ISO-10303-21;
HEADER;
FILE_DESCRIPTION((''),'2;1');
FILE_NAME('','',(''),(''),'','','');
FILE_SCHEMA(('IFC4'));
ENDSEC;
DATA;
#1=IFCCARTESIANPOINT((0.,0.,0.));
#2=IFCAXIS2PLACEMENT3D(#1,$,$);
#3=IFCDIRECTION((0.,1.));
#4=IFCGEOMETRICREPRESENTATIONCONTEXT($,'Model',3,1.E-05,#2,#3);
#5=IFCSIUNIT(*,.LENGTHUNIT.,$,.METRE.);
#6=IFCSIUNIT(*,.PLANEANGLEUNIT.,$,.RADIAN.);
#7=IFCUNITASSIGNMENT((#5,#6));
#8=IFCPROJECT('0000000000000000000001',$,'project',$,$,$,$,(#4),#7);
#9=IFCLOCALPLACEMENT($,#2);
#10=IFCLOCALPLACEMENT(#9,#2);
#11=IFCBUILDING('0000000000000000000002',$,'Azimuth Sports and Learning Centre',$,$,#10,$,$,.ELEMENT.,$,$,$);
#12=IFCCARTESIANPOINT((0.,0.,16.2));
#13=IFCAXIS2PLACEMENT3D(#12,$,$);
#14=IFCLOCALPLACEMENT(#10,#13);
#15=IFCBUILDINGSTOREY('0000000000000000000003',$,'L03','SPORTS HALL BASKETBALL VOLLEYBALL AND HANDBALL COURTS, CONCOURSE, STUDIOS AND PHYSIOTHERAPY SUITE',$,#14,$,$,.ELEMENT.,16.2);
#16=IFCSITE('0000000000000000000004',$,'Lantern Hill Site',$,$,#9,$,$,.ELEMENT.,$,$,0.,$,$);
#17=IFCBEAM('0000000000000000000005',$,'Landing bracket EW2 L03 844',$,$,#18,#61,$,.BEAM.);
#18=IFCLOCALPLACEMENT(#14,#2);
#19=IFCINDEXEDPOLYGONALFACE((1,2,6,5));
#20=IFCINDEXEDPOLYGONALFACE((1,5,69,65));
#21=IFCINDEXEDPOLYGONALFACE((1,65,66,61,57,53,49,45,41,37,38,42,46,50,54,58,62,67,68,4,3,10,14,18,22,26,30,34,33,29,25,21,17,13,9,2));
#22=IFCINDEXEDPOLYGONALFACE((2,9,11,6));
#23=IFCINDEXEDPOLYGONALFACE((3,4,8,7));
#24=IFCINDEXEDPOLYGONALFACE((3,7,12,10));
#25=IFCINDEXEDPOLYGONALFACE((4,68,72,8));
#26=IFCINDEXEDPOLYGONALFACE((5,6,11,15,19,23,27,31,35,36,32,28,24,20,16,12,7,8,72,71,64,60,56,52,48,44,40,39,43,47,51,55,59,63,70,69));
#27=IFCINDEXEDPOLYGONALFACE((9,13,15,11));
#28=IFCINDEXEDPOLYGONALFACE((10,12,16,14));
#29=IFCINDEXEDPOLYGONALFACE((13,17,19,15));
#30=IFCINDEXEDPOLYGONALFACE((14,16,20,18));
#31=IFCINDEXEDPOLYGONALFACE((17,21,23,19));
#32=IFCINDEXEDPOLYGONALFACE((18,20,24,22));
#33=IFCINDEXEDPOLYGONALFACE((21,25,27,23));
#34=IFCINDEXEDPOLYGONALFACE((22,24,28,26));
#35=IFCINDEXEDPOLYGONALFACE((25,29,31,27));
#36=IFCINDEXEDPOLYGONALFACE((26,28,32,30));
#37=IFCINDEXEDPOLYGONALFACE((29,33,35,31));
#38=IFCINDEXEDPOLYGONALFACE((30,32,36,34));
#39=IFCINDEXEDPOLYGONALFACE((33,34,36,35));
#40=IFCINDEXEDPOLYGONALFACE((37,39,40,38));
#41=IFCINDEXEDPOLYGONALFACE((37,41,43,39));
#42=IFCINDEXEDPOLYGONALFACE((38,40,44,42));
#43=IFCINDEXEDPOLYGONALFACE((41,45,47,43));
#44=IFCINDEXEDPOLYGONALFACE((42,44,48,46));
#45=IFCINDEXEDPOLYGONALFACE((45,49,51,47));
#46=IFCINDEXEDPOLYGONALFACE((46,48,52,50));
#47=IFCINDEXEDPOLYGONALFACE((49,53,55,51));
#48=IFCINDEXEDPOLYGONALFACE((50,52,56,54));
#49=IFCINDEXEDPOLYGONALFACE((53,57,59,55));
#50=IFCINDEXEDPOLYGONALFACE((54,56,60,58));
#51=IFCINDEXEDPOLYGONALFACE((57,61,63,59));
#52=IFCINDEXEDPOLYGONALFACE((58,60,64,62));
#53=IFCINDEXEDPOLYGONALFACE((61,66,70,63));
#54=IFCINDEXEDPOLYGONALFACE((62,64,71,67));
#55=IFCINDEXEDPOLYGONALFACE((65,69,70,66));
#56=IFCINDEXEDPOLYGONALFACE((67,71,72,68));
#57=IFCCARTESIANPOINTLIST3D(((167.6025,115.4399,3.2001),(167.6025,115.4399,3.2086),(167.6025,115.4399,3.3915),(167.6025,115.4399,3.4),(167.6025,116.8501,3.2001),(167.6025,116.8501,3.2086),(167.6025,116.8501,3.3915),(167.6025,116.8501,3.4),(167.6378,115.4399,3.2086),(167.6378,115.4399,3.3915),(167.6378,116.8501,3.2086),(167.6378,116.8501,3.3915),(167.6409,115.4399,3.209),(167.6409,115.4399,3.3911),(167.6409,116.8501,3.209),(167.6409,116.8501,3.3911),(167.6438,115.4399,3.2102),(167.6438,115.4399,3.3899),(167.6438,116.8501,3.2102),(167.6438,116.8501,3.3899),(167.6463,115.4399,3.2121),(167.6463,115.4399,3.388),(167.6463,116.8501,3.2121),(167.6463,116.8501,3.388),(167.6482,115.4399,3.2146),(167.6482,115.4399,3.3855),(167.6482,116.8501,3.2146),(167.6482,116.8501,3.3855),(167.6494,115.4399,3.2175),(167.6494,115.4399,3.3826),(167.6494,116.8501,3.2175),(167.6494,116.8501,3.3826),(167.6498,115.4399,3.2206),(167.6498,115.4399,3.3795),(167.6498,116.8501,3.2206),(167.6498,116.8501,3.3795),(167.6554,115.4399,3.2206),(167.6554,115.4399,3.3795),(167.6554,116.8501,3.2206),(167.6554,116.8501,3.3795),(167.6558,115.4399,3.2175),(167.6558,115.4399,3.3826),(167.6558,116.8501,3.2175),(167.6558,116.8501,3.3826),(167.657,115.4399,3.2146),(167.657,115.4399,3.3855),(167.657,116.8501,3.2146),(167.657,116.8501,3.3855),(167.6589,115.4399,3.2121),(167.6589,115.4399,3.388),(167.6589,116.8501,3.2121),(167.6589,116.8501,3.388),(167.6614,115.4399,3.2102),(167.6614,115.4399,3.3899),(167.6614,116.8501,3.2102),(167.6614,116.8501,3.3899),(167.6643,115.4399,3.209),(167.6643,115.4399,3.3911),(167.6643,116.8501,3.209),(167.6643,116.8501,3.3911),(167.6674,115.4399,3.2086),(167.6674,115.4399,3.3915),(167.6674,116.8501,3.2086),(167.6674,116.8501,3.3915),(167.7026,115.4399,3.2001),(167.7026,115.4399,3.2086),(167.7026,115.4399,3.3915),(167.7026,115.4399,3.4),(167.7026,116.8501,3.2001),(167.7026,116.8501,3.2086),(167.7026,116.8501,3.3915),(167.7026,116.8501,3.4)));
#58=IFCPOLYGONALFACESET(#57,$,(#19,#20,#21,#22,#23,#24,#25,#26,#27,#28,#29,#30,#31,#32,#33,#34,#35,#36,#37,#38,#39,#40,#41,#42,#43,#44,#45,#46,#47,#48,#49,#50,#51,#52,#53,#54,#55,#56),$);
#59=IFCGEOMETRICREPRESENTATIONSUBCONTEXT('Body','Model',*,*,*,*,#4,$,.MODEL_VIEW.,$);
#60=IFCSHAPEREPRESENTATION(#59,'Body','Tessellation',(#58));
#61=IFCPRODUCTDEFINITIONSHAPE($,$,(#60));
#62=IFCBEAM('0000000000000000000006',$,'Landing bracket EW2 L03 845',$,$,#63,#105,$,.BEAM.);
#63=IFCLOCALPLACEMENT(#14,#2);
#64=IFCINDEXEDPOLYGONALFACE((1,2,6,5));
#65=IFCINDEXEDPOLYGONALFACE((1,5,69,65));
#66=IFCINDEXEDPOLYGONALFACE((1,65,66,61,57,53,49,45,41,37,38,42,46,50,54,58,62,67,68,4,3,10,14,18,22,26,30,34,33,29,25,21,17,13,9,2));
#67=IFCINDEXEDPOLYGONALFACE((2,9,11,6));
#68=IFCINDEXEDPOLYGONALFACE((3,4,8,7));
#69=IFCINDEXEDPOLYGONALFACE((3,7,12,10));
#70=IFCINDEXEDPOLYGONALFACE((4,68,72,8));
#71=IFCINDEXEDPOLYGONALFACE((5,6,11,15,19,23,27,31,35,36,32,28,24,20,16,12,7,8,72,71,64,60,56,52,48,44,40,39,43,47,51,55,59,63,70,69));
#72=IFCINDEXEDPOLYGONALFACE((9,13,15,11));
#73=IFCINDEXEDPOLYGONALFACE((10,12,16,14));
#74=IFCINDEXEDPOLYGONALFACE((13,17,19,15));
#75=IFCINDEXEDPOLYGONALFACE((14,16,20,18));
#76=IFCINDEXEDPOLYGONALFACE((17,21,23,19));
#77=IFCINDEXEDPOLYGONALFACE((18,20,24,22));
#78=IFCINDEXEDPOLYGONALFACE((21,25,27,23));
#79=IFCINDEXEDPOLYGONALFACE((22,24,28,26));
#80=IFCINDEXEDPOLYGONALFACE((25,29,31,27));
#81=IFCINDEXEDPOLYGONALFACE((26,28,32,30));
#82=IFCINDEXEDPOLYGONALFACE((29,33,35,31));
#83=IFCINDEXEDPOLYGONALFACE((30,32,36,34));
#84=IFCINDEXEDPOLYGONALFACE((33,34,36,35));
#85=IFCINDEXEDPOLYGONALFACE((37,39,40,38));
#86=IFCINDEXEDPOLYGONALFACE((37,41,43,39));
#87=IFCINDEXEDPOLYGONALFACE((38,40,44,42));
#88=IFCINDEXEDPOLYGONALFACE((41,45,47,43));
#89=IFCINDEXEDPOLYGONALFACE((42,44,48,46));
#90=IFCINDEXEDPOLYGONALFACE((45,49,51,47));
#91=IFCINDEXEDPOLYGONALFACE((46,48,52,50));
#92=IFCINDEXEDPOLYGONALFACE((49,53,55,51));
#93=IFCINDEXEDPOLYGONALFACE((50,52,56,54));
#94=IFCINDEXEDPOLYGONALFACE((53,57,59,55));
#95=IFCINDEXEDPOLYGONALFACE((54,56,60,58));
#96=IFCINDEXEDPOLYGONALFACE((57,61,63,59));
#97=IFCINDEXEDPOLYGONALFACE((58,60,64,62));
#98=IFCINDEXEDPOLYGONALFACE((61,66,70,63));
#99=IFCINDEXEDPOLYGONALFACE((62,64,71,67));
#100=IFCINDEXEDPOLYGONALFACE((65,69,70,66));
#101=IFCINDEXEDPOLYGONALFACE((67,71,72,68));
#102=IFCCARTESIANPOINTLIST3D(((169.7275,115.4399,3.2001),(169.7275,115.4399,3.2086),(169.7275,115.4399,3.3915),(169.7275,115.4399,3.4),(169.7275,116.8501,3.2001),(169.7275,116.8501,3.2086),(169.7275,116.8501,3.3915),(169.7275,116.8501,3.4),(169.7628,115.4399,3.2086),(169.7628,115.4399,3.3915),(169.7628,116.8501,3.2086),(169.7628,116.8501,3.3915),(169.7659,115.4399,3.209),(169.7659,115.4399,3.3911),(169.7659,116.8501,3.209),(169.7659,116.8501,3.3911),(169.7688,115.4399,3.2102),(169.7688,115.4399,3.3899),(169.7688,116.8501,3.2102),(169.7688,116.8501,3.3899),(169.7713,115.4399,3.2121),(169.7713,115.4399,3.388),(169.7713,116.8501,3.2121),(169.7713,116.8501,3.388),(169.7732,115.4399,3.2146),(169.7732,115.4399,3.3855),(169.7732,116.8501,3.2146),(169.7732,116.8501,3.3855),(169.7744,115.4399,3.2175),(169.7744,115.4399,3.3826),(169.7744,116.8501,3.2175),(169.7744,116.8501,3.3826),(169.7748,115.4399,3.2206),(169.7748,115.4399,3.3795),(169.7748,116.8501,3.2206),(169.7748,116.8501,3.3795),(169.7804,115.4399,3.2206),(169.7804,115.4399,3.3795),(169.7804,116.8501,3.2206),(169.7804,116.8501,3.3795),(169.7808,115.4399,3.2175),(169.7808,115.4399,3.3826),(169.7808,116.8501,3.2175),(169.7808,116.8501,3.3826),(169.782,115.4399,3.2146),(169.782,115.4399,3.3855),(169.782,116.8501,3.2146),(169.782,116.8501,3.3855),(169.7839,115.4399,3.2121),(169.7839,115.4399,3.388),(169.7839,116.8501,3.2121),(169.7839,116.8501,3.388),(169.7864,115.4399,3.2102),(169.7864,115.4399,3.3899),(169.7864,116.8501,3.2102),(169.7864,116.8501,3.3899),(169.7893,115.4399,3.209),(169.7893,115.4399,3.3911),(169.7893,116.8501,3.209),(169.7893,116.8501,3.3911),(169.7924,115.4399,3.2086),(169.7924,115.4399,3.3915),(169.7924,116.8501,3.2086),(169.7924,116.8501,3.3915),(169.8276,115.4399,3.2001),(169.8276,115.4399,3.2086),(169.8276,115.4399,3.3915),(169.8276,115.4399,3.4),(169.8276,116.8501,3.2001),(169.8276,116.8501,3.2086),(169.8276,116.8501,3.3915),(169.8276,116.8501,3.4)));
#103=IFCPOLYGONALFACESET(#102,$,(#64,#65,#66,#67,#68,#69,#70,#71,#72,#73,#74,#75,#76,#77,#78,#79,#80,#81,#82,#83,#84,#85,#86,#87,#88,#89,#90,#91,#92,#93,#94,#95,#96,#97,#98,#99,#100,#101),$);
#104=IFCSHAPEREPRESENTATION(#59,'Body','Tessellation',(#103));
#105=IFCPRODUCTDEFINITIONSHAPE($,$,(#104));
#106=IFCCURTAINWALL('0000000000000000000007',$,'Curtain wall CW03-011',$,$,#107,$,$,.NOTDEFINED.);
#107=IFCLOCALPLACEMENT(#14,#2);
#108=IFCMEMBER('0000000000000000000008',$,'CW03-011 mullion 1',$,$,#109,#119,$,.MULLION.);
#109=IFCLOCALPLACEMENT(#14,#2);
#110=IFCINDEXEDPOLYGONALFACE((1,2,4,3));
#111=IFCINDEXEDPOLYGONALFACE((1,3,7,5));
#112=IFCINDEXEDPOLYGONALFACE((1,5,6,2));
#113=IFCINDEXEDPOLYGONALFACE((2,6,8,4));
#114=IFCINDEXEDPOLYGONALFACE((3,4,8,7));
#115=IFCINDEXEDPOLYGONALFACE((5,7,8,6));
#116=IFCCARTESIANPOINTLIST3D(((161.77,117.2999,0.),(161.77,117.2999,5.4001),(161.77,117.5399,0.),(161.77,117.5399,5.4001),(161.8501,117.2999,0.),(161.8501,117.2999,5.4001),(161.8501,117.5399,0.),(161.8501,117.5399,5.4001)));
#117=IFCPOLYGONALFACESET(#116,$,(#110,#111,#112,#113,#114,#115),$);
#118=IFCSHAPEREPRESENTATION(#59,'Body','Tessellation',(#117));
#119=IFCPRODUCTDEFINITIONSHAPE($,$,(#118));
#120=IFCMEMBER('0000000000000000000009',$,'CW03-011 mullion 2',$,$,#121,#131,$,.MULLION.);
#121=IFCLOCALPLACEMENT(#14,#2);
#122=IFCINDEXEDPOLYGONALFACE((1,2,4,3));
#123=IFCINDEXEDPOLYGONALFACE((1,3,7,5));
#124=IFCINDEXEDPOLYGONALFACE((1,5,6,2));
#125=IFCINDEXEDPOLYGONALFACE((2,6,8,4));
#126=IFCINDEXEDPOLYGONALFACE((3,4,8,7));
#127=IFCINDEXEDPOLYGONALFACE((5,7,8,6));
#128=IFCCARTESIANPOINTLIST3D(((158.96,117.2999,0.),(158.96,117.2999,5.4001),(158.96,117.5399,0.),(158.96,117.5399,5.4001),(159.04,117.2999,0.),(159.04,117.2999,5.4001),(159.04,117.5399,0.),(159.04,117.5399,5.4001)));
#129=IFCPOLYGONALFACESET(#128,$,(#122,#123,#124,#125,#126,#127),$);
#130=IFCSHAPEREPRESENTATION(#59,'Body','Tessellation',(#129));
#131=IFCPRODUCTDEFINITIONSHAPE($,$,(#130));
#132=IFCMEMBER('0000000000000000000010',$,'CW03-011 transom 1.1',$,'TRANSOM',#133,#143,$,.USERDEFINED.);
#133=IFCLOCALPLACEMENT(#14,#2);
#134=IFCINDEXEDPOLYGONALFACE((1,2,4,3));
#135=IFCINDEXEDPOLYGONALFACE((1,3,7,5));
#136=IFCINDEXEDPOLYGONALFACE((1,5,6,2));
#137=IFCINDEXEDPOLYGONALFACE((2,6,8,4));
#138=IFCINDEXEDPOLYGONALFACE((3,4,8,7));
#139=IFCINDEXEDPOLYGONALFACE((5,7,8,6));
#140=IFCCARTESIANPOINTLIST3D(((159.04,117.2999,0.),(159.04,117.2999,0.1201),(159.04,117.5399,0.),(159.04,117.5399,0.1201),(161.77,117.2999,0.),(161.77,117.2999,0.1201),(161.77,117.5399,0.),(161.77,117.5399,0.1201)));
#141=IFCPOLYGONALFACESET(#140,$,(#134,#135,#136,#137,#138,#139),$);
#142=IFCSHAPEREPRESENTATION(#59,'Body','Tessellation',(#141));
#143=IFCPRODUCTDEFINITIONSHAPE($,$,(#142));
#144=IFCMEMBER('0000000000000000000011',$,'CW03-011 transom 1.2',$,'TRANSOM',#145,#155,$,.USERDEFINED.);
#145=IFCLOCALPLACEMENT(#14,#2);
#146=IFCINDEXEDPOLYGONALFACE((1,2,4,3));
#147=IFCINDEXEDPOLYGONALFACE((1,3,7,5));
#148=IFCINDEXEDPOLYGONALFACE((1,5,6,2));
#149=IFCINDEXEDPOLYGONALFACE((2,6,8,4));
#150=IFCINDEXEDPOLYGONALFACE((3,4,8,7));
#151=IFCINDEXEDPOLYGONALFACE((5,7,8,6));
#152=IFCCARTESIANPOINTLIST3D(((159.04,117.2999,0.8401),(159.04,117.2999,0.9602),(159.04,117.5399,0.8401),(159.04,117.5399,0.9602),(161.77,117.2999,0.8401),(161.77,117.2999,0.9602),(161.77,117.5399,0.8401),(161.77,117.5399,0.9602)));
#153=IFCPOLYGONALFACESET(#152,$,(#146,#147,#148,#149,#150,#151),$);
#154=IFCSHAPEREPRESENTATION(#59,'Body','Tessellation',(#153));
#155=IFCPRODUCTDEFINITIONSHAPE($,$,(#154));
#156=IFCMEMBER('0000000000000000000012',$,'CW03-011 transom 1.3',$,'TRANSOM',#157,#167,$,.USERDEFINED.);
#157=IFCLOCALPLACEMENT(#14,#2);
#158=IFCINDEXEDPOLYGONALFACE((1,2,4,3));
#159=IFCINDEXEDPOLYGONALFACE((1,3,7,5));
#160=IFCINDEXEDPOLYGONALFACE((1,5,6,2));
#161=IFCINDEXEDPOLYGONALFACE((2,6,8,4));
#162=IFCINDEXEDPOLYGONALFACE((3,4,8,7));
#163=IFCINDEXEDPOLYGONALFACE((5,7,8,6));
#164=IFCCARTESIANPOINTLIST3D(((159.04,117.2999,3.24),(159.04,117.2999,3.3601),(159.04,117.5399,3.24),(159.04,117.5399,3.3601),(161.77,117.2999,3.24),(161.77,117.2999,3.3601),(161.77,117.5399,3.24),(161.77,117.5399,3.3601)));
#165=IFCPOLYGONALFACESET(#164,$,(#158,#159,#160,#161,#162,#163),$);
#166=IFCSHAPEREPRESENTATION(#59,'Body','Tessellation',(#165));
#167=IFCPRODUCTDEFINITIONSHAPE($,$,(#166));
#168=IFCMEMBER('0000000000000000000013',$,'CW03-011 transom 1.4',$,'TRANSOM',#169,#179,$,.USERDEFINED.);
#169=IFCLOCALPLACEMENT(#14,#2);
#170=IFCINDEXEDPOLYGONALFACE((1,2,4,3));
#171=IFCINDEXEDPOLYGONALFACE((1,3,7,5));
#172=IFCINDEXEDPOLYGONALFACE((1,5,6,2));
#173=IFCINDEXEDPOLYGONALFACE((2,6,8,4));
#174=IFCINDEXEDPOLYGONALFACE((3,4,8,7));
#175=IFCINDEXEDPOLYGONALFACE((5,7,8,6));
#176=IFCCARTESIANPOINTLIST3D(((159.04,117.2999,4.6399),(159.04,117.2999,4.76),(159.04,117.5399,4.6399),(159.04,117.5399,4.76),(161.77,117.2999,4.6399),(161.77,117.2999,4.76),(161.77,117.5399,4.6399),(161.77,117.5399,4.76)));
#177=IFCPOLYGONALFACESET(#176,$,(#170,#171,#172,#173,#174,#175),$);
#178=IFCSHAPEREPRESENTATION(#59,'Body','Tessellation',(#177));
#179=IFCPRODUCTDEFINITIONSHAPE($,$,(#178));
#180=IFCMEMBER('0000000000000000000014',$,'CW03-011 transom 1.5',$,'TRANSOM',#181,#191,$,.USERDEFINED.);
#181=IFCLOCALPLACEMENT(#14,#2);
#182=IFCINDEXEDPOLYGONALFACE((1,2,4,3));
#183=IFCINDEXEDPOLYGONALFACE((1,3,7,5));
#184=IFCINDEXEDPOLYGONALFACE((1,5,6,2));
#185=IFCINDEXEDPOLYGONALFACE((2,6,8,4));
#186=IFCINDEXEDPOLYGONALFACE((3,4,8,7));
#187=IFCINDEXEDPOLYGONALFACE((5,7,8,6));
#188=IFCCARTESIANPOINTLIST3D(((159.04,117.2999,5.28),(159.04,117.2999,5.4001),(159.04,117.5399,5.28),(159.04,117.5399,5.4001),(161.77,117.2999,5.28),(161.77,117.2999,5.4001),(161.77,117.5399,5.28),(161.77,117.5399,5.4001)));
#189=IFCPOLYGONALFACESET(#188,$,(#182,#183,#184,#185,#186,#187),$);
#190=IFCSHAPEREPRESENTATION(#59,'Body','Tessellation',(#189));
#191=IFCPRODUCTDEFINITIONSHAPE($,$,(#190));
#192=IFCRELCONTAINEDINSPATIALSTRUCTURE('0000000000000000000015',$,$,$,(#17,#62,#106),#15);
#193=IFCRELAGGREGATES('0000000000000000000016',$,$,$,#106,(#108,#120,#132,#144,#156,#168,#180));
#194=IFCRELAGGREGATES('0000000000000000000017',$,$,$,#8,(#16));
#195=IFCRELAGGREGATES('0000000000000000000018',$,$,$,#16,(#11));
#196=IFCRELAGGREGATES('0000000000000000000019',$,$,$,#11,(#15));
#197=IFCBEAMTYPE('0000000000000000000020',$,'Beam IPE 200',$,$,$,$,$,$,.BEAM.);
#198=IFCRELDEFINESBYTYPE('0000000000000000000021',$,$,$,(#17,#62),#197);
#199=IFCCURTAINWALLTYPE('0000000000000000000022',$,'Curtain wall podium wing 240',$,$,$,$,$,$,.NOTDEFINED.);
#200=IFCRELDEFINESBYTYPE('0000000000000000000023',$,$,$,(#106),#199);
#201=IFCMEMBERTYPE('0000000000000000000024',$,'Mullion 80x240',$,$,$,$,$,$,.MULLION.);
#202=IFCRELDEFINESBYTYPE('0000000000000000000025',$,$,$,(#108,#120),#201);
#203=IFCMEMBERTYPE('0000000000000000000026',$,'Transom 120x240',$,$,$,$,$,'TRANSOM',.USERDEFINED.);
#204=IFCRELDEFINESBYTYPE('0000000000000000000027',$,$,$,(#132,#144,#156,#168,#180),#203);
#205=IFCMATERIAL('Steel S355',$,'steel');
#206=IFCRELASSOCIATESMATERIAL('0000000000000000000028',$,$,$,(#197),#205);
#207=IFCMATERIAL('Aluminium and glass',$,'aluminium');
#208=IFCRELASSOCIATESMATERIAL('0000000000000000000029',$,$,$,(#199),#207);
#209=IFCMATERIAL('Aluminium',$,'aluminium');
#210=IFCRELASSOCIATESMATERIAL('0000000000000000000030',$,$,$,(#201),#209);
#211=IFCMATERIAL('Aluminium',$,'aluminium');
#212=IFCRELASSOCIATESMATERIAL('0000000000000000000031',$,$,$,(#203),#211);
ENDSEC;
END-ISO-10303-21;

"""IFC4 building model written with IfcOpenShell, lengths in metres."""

from ifc_helpers import new_model, si_unit, direction, frame, origin, origin_2d, place, context, subcontext, project, spatial, rectangle, i_section, extrude, material, material_profile, profile_set, type_object, element, aggregate, save


model = new_model("IFC4")

# Units and contexts
model_context = context("Model", 3, precision=1e-05, world=origin(), true_north=direction((0.0, 1.0)))
body_context = subcontext(model_context, "Body", "Model", "MODEL_VIEW")
ifc_project = project(units=[si_unit("LENGTHUNIT", "METRE"), si_unit("PLANEANGLEUNIT", "RADIAN")], contexts=[model_context])

# Site, building, storey
site_placement = place(None, origin())
site = spatial("IfcSite", under=ifc_project, at=site_placement, Name="Lantern Hill Site", CompositionType="ELEMENT", RefElevation=0.0)
building_placement = place(site_placement, origin())
building = spatial("IfcBuilding", under=site, at=building_placement, Name="Azimuth Sports and Learning Centre", CompositionType="ELEMENT")
storey_placement = place(building_placement, frame((0.0, 0.0, 16.2)))
storey = spatial("IfcBuildingStorey", under=building, at=storey_placement, Name="L03", Description="SPORTS HALL BASKETBALL VOLLEYBALL AND HANDBALL COURTS, CONCOURSE, STUDIOS AND PHYSIOTHERAPY SUITE", CompositionType="ELEMENT", Elevation=16.2)

# Beams
ifc_material_1 = material(Name="Steel S355", Category="steel")
ifc_material_profile_1 = material_profile(ifc_material_1, i_section(OverallWidth=0.1001, OverallDepth=0.2, WebThickness=0.0056, FlangeThickness=0.0085, FilletRadius=0.012, at=origin_2d()), Name="IPE 200")
ifc_profile_set_1 = profile_set([ifc_material_profile_1], Name="Steel S355")
beam_type = type_object("IfcBeamType", Name="Beam IPE 200", PredefinedType="BEAM", material=ifc_profile_set_1)
for number, where, z_axis, x_axis, name in (
    (1, (167.6526, 116.8501, 3.3), (0.0, -1.0, 0.0), (1.0, 0.0, 0.0), "Landing bracket EW2 L03 844"),
    (2, (169.7776, 116.8501, 3.3), (0.0, -1.0, 0.0), (1.0, 0.0, 0.0), "Landing bracket EW2 L03 845"),
):
    element("IfcBeam", number, at=place(storey_placement, frame(where, z_axis=z_axis, x_axis=x_axis)), inside=storey, type_object=beam_type, Name=name, PredefinedType="BEAM", context=body_context, shape_type="SweptSolid", body=[
        extrude(i_section(OverallWidth=0.1001, OverallDepth=0.2, WebThickness=0.0056, FlangeThickness=0.0085, FilletRadius=0.012, at=origin_2d()), origin(), (0.0, 0.0, 1.0), 1.4102),
    ])

# Curtain wall, members
ifc_material_2 = material(Name="Aluminium and glass", Category="aluminium")
curtain_wall_type = type_object("IfcCurtainWallType", Name="Curtain wall podium wing 240", PredefinedType="NOTDEFINED", material=ifc_material_2)
curtain_wall_placement = place(storey_placement, origin())
curtain_wall = element("IfcCurtainWall", 3, at=curtain_wall_placement, inside=storey, type_object=curtain_wall_type, Name="Curtain wall CW03-011", PredefinedType="NOTDEFINED")
ifc_material_3 = material(Name="Aluminium", Category="aluminium")
ifc_material_profile_2 = material_profile(ifc_material_3, rectangle(XDim=0.24, YDim=0.0801, at=origin_2d()), Name="Mullion 80x240")
ifc_profile_set_2 = profile_set([ifc_material_profile_2], Name="Aluminium")
member_type_1 = type_object("IfcMemberType", Name="Mullion 80x240", PredefinedType="MULLION", material=ifc_profile_set_2)
member_1_placement = place(storey_placement, frame((161.8101, 117.4199, 0.0), z_axis=(0.0, 0.0, 1.0), x_axis=(0.0, -1.0, 0.0)))
member_1 = element("IfcMember", 4, at=member_1_placement, type_object=member_type_1, Name="CW03-011 mullion 1", PredefinedType="MULLION", context=body_context, shape_type="SweptSolid", body=[
    extrude(rectangle(XDim=0.24, YDim=0.0801, at=origin_2d()), origin(), (0.0, 0.0, 1.0), 5.4001),
])
member_2_placement = place(storey_placement, frame((159.0, 117.4199, 0.0), z_axis=(0.0, 0.0, 1.0), x_axis=(0.0, -1.0, 0.0)))
member_2 = element("IfcMember", 5, at=member_2_placement, type_object=member_type_1, Name="CW03-011 mullion 2", PredefinedType="MULLION", context=body_context, shape_type="SweptSolid", body=[
    extrude(rectangle(XDim=0.24, YDim=0.0801, at=origin_2d()), origin(), (0.0, 0.0, 1.0), 5.4001),
])
ifc_material_4 = material(Name="Aluminium", Category="aluminium")
ifc_material_profile_3 = material_profile(ifc_material_4, rectangle(XDim=0.24, YDim=0.1201, at=origin_2d()), Name="Transom 120x240")
ifc_profile_set_3 = profile_set([ifc_material_profile_3], Name="Aluminium")
member_type_2 = type_object("IfcMemberType", Name="Transom 120x240", ElementType="TRANSOM", PredefinedType="USERDEFINED", material=ifc_profile_set_3)
member_3_placement = place(storey_placement, frame((161.77, 117.4199, 0.0601), z_axis=(-1.0, 0.0, 0.0), x_axis=(0.0, -1.0, 0.0)))
member_3 = element("IfcMember", 6, at=member_3_placement, type_object=member_type_2, Name="CW03-011 transom 1.1", ObjectType="TRANSOM", PredefinedType="USERDEFINED", context=body_context, shape_type="SweptSolid", body=[
    extrude(rectangle(XDim=0.24, YDim=0.1201, at=origin_2d()), origin(), (0.0, 0.0, 1.0), 2.73),
])
member_4_placement = place(storey_placement, frame((161.77, 117.4199, 0.9001), z_axis=(-1.0, 0.0, 0.0), x_axis=(0.0, -1.0, 0.0)))
member_4 = element("IfcMember", 7, at=member_4_placement, type_object=member_type_2, Name="CW03-011 transom 1.2", ObjectType="TRANSOM", PredefinedType="USERDEFINED", context=body_context, shape_type="SweptSolid", body=[
    extrude(rectangle(XDim=0.24, YDim=0.1201, at=origin_2d()), origin(), (0.0, 0.0, 1.0), 2.73),
])
member_5_placement = place(storey_placement, frame((161.77, 117.4199, 3.3), z_axis=(-1.0, 0.0, 0.0), x_axis=(0.0, -1.0, 0.0)))
member_5 = element("IfcMember", 8, at=member_5_placement, type_object=member_type_2, Name="CW03-011 transom 1.3", ObjectType="TRANSOM", PredefinedType="USERDEFINED", context=body_context, shape_type="SweptSolid", body=[
    extrude(rectangle(XDim=0.24, YDim=0.1201, at=origin_2d()), origin(), (0.0, 0.0, 1.0), 2.73),
])
member_6_placement = place(storey_placement, frame((161.77, 117.4199, 4.7), z_axis=(-1.0, 0.0, 0.0), x_axis=(0.0, -1.0, 0.0)))
member_6 = element("IfcMember", 9, at=member_6_placement, type_object=member_type_2, Name="CW03-011 transom 1.4", ObjectType="TRANSOM", PredefinedType="USERDEFINED", context=body_context, shape_type="SweptSolid", body=[
    extrude(rectangle(XDim=0.24, YDim=0.1201, at=origin_2d()), origin(), (0.0, 0.0, 1.0), 2.73),
])
member_7_placement = place(storey_placement, frame((161.77, 117.4199, 5.3401), z_axis=(-1.0, 0.0, 0.0), x_axis=(0.0, -1.0, 0.0)))
member_7 = element("IfcMember", 10, at=member_7_placement, type_object=member_type_2, Name="CW03-011 transom 1.5", ObjectType="TRANSOM", PredefinedType="USERDEFINED", context=body_context, shape_type="SweptSolid", body=[
    extrude(rectangle(XDim=0.24, YDim=0.1201, at=origin_2d()), origin(), (0.0, 0.0, 1.0), 2.73),
])
aggregate(curtain_wall, [member_1, member_2, member_3, member_4, member_5, member_6, member_7])

save(model, "model.ifc")
